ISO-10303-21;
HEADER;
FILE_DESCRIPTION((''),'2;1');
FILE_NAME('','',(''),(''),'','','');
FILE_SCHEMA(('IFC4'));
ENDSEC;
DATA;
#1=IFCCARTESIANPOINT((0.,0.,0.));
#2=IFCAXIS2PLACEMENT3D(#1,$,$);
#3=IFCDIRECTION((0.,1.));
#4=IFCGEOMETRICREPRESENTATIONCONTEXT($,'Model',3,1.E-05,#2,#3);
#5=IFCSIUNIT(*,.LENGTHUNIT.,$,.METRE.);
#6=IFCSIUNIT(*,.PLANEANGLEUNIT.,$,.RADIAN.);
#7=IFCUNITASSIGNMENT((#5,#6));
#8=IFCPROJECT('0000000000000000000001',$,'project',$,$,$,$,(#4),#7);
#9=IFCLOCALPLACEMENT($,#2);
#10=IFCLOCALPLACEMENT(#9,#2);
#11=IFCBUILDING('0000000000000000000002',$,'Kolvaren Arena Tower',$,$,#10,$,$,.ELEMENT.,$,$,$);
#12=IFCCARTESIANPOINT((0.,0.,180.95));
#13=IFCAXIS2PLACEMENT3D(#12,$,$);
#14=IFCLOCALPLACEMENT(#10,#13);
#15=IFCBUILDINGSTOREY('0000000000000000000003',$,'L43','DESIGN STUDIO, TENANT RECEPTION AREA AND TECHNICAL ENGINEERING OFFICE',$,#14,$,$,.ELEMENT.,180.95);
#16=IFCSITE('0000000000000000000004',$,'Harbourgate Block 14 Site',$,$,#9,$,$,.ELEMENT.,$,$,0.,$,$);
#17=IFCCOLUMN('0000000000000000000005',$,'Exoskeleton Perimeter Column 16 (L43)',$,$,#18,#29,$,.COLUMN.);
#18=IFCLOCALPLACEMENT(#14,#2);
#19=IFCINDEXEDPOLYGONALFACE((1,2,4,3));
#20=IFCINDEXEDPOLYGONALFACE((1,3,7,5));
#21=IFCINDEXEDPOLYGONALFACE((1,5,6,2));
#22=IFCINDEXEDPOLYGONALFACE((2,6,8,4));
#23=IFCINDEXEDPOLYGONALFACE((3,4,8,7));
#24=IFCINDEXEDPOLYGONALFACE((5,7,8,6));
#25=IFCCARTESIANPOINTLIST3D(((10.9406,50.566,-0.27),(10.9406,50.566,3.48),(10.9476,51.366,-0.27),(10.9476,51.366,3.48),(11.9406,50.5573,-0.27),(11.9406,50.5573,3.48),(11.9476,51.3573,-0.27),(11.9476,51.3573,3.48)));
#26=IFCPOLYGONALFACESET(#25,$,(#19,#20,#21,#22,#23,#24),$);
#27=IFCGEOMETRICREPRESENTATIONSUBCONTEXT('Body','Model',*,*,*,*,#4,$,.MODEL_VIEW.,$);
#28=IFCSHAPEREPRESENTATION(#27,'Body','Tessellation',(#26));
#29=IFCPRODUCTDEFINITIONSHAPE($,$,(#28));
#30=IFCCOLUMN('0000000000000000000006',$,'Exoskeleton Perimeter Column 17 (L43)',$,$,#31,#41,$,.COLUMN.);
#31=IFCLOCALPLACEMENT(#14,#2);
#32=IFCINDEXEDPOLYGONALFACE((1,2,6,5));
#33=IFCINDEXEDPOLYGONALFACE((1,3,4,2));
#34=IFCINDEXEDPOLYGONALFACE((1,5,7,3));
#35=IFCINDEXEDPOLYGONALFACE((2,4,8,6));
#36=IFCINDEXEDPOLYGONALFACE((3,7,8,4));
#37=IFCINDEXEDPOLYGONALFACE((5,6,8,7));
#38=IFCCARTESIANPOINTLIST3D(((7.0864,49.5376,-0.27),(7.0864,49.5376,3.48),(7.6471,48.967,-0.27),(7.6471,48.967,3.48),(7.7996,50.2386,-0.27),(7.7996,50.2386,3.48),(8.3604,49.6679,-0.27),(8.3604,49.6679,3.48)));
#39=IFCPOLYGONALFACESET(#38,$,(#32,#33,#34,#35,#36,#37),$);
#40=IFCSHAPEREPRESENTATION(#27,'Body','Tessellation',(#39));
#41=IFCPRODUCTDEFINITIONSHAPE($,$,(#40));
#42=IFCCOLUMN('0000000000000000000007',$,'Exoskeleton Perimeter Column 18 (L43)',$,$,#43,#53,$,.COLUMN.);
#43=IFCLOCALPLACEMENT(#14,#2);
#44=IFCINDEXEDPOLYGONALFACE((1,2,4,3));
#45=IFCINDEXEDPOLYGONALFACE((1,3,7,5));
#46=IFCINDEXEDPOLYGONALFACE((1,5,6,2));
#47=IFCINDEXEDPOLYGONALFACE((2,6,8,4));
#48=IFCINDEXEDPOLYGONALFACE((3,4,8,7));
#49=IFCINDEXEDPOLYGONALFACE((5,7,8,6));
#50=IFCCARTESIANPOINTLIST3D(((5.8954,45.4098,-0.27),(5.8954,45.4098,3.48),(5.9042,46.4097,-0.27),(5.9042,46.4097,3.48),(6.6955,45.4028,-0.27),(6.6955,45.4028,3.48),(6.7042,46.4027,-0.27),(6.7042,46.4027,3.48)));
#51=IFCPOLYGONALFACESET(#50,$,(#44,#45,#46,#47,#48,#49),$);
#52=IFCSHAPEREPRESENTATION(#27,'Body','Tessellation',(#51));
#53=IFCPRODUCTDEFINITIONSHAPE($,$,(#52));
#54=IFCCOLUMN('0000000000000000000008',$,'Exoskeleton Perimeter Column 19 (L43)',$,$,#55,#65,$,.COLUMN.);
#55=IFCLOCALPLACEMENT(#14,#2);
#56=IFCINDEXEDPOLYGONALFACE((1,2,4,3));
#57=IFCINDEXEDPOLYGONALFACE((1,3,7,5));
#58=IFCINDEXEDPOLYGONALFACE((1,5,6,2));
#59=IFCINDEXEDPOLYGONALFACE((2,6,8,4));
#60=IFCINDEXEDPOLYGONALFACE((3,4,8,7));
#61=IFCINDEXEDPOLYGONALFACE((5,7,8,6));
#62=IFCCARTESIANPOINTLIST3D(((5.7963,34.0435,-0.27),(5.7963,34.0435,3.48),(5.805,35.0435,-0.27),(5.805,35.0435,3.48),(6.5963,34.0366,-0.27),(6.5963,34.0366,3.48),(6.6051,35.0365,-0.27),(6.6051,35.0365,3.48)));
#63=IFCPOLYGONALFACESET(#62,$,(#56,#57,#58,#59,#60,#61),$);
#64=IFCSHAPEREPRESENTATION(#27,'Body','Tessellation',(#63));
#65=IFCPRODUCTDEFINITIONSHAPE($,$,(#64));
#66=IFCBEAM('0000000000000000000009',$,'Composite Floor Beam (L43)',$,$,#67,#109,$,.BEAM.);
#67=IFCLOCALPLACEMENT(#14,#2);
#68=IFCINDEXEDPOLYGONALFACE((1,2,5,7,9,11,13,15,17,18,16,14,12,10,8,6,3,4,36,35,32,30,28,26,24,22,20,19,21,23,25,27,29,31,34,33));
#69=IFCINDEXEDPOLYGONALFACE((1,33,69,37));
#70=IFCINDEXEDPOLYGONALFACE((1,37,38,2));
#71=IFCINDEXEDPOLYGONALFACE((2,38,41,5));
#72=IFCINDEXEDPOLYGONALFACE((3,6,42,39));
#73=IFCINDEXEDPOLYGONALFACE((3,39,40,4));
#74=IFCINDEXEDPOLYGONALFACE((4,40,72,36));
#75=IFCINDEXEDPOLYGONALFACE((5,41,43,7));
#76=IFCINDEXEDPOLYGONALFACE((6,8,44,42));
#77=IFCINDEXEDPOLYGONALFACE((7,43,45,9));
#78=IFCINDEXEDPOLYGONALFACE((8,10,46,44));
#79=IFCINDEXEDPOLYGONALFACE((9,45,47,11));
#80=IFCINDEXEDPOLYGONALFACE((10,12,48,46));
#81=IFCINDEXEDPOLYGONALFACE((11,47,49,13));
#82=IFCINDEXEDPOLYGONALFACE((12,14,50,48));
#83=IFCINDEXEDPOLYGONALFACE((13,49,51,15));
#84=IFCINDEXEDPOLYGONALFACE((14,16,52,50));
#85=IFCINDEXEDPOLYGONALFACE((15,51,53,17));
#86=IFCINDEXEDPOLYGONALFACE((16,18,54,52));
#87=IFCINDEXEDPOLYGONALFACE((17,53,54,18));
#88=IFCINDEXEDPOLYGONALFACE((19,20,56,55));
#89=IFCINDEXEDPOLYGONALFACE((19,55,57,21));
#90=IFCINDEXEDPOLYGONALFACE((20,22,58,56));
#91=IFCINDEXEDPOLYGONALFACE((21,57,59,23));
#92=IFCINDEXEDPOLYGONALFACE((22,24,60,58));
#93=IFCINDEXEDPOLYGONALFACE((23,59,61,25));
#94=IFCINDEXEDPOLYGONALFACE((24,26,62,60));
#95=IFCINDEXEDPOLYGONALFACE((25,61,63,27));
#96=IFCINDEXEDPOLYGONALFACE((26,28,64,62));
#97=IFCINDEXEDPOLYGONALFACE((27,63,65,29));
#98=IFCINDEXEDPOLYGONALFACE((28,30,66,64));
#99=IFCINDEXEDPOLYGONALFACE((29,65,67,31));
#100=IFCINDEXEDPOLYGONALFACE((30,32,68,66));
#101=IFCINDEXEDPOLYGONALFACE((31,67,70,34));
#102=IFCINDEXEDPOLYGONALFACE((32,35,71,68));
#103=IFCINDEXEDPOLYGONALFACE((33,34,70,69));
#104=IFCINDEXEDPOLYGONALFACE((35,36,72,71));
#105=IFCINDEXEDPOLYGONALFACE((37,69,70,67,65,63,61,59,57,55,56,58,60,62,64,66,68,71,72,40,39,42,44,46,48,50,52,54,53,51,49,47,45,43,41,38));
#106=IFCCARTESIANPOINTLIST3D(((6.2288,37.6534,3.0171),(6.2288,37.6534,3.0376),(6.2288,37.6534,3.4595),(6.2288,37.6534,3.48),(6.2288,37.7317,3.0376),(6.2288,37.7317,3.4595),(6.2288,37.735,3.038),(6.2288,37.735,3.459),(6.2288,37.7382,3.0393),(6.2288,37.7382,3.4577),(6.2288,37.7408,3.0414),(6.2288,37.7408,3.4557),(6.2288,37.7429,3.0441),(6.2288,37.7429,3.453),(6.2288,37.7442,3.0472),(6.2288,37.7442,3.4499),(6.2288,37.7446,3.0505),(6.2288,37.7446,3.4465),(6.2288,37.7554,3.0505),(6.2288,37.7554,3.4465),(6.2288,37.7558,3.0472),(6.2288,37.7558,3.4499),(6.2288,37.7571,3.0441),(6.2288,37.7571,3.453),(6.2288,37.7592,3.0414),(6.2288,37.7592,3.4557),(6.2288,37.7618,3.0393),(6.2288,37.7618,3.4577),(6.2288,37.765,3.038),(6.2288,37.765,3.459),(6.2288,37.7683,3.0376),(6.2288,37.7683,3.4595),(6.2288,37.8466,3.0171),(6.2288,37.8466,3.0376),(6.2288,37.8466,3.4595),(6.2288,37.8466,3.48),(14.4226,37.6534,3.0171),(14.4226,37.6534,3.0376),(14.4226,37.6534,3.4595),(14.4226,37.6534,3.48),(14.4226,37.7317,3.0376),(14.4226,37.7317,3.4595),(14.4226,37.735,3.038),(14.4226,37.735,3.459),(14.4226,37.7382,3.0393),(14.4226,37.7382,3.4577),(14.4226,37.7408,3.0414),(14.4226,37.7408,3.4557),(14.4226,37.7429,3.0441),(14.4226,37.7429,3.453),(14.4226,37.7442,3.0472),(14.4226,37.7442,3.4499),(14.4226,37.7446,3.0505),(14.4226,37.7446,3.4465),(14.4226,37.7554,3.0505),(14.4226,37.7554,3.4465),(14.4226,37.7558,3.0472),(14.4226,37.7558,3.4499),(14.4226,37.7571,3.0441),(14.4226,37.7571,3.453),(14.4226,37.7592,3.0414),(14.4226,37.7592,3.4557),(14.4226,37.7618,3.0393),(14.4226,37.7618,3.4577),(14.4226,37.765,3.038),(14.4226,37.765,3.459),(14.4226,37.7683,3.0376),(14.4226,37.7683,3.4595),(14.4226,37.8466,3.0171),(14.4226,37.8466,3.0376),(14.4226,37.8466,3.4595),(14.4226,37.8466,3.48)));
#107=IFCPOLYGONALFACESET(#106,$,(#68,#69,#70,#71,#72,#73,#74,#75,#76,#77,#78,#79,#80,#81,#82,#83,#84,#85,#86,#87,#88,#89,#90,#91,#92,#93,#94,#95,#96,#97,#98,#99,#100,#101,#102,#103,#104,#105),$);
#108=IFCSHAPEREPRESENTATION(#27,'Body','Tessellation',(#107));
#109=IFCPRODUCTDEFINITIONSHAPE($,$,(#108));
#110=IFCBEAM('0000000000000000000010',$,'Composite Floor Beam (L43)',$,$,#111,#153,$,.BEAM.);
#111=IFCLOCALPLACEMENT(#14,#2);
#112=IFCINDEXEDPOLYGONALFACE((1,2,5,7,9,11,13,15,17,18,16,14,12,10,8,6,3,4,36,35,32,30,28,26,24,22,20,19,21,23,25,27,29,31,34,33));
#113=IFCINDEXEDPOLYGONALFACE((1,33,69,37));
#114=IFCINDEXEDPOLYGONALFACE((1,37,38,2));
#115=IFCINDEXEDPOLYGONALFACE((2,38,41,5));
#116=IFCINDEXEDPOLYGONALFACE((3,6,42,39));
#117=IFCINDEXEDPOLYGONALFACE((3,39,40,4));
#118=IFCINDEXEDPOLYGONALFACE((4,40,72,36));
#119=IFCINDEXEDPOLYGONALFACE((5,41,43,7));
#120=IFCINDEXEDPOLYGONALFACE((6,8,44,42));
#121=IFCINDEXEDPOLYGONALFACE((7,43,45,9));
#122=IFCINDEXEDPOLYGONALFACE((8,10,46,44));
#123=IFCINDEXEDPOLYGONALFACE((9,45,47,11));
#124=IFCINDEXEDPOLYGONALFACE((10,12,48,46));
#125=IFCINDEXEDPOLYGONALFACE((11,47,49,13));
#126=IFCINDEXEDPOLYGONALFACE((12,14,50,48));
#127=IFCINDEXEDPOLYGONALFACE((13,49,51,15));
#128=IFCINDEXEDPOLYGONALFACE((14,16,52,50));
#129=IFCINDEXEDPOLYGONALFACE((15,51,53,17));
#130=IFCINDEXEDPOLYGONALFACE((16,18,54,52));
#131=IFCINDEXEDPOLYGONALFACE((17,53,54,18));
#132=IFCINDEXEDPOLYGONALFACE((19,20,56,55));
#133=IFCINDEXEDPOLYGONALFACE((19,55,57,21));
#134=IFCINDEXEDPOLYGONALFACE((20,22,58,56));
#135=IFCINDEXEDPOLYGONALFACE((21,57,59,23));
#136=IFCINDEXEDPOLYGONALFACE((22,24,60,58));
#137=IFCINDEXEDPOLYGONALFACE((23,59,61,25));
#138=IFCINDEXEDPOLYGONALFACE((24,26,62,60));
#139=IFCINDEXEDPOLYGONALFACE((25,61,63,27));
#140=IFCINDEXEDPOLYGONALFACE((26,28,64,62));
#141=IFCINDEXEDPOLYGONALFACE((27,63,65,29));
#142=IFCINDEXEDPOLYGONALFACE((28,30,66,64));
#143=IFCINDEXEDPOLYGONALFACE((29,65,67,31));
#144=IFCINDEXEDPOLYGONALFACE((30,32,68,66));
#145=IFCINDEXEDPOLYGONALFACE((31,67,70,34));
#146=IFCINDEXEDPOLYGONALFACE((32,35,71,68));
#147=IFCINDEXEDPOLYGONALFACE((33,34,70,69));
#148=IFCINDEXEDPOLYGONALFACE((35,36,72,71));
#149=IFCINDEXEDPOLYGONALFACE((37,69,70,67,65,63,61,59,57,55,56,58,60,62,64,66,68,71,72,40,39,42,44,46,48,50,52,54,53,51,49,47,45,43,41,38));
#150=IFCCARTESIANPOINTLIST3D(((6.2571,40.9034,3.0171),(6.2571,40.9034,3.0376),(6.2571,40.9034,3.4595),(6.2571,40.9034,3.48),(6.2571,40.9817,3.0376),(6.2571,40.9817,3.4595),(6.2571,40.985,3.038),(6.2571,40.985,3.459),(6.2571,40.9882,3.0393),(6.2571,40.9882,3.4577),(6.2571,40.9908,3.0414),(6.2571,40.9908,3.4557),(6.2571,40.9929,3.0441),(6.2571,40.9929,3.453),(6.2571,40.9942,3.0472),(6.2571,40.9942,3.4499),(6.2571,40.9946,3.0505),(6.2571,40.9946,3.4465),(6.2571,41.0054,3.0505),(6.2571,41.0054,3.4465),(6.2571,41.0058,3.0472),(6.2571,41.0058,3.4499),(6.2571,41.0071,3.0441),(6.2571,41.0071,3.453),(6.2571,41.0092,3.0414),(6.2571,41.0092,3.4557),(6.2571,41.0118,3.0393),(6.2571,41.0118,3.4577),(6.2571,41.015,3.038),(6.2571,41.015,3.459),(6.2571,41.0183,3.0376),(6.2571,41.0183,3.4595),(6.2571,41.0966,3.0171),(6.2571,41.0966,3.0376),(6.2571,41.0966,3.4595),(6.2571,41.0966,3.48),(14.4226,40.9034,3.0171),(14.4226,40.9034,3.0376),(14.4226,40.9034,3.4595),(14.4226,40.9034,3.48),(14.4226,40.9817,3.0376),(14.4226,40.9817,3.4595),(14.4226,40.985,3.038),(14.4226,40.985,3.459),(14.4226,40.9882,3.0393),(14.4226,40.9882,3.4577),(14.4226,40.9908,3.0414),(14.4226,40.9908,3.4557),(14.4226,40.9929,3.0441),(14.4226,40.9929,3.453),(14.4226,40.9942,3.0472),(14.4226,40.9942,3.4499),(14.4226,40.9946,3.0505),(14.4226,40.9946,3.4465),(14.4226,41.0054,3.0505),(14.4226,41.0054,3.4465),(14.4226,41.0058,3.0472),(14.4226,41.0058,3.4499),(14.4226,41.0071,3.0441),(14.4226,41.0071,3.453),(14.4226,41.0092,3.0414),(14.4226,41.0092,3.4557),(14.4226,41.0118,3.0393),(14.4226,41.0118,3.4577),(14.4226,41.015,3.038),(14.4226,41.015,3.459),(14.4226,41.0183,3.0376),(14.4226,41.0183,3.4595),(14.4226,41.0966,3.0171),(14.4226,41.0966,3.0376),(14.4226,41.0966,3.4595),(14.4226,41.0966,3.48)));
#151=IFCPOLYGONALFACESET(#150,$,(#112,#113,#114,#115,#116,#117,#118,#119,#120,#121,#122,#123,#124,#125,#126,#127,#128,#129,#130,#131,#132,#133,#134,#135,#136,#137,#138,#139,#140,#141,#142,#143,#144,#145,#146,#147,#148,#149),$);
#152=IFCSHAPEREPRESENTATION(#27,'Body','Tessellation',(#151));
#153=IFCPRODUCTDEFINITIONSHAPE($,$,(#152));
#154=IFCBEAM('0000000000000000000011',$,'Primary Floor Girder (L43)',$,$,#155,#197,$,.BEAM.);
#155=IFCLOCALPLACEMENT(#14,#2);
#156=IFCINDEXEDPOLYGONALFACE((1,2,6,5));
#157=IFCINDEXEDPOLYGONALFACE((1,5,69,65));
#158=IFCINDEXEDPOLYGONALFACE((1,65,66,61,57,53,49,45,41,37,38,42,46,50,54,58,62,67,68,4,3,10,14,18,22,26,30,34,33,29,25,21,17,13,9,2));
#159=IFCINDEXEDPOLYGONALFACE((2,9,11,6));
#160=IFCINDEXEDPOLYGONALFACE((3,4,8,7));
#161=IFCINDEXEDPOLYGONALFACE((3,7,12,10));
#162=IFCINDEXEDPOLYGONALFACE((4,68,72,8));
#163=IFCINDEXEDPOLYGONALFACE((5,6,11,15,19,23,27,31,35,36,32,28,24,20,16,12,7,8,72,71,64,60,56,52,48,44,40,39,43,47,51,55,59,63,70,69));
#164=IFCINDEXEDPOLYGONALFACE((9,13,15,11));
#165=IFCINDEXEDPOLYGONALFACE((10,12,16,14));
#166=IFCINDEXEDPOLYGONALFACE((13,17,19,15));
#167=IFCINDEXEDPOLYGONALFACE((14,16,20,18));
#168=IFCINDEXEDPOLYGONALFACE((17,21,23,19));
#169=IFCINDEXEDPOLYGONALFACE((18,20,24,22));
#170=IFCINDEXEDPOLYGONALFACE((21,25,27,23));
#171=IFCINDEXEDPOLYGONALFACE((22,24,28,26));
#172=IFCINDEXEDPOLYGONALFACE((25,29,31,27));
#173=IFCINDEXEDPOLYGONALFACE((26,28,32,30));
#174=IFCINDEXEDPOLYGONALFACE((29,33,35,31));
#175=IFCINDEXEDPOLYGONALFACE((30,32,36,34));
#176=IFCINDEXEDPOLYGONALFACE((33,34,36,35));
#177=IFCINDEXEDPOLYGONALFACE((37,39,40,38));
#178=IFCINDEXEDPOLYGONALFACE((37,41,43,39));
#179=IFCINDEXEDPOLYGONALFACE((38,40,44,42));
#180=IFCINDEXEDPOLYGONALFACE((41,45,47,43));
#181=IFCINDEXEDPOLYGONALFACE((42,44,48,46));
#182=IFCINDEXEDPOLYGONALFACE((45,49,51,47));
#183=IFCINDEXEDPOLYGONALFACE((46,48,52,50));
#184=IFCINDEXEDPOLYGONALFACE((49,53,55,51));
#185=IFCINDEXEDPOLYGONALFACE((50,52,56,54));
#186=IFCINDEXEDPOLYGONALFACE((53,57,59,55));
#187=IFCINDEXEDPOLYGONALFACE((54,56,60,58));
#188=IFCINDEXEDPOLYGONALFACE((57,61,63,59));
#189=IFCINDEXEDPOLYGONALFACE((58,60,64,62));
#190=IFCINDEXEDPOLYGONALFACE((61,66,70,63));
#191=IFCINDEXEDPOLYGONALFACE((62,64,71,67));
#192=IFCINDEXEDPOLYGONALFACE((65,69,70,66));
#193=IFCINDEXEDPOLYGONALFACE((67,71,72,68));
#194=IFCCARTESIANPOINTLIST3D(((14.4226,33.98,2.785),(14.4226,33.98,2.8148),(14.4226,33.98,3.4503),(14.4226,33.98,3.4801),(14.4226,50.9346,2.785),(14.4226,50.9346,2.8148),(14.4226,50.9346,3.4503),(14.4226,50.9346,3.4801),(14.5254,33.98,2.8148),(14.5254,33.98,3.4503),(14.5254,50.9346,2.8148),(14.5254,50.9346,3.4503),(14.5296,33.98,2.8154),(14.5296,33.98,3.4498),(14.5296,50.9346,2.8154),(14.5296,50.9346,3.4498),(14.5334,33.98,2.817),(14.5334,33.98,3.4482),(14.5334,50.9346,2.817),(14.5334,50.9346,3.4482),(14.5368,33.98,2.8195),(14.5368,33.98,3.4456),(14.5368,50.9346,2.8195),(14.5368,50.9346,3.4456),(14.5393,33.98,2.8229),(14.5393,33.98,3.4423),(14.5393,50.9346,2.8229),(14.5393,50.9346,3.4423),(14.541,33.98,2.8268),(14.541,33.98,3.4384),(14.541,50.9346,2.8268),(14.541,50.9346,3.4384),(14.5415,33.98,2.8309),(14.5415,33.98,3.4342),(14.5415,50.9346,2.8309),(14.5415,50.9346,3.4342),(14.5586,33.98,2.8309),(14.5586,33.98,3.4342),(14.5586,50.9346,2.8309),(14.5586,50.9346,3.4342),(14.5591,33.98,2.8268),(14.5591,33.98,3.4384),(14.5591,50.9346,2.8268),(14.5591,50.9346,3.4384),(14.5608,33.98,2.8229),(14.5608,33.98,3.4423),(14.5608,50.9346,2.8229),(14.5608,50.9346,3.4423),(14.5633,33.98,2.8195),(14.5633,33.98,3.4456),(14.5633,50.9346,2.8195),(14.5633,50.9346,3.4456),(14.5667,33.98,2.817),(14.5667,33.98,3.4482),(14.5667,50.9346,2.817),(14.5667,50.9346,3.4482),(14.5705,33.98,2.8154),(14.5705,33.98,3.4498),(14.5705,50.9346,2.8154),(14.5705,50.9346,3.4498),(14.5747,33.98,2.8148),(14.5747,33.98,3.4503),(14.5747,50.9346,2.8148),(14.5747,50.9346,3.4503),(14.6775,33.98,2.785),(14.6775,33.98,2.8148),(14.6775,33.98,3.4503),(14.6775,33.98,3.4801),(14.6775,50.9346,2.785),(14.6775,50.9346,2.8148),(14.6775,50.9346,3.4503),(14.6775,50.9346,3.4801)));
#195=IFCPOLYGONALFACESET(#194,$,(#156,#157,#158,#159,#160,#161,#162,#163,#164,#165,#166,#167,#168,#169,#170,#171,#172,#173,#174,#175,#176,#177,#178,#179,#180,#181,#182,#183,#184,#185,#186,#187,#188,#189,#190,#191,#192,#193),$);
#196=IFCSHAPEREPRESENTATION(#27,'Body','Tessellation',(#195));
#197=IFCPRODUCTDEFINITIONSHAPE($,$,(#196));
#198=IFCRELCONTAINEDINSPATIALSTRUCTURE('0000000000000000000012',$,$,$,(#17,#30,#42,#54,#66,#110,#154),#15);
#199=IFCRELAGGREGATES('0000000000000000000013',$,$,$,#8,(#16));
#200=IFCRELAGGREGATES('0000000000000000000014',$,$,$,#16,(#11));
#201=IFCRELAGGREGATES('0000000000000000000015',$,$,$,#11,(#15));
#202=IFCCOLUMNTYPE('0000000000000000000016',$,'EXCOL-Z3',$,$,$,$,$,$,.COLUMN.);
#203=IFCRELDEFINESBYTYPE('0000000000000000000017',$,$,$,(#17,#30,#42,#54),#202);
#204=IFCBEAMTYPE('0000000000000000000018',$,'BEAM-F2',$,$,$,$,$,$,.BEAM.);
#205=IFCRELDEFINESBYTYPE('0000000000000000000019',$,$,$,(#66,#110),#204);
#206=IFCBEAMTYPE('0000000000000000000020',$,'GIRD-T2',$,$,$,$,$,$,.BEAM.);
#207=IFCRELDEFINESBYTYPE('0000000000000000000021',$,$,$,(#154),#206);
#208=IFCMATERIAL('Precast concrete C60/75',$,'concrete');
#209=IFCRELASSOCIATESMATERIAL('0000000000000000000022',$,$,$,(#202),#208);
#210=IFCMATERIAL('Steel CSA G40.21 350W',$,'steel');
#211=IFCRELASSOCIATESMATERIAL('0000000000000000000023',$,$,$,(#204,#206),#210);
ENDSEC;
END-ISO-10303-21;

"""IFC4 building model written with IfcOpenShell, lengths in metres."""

from ifc_helpers import new_model, si_unit, direction, frame, origin, origin_2d, place, context, subcontext, project, spatial, rectangle, i_section, extrude, material, material_profile, profile_set, type_object, element, save


model = new_model("IFC4")

# Units and contexts
model_context = context("Model", 3, precision=1e-05, world=origin(), true_north=direction((0.0, 1.0)))
body_context = subcontext(model_context, "Body", "Model", "MODEL_VIEW")
ifc_project = project(units=[si_unit("LENGTHUNIT", "METRE"), si_unit("PLANEANGLEUNIT", "RADIAN")], contexts=[model_context])

# Site, building, storey
site_placement = place(None, origin())
site = spatial("IfcSite", under=ifc_project, at=site_placement, Name="Harbourgate Block 14 Site", CompositionType="ELEMENT", RefElevation=0.0)
building_placement = place(site_placement, origin())
building = spatial("IfcBuilding", under=site, at=building_placement, Name="Kolvaren Arena Tower", CompositionType="ELEMENT")
storey_placement = place(building_placement, frame((0.0, 0.0, 180.95)))
storey = spatial("IfcBuildingStorey", under=building, at=storey_placement, Name="L43", Description="DESIGN STUDIO, TENANT RECEPTION AREA AND TECHNICAL ENGINEERING OFFICE", CompositionType="ELEMENT", Elevation=180.95)

# Columns
ifc_material_1 = material(Name="Precast concrete C60/75", Category="concrete")
ifc_material_profile_1 = material_profile(ifc_material_1, rectangle(XDim=1.0, YDim=0.8, at=origin_2d()), Name="RC-1000x800")
ifc_profile_set_1 = profile_set([ifc_material_profile_1], Name="Precast concrete C60/75")
column_type = type_object("IfcColumnType", Name="EXCOL-Z3", PredefinedType="COLUMN", material=ifc_profile_set_1)
for number, where, z_axis, x_axis, name in (
    (1, (11.4441, 50.9617, -0.27), (0.0, 0.0, 1.0), (0.999962, -0.008727, 0.0), "Exoskeleton Perimeter Column 16 (L43)"),
    (2, (7.7234, 49.6028, -0.27), (0.0, 0.0, 1.0), (0.71325, 0.700909, 0.0), "Exoskeleton Perimeter Column 17 (L43)"),
    (3, (6.2998, 45.9062, -0.27), (0.0, 0.0, 1.0), (0.008727, 0.999962, 0.0), "Exoskeleton Perimeter Column 18 (L43)"),
    (4, (6.2007, 34.54, -0.27), (0.0, 0.0, 1.0), (0.008727, 0.999962, 0.0), "Exoskeleton Perimeter Column 19 (L43)"),
):
    element("IfcColumn", number, at=place(storey_placement, frame(where, z_axis=z_axis, x_axis=x_axis)), inside=storey, type_object=column_type, Name=name, PredefinedType="COLUMN", context=body_context, shape_type="SweptSolid", body=[
        extrude(rectangle(XDim=1.0, YDim=0.8, at=origin_2d()), origin(), (0.0, 0.0, 1.0), 3.75),
    ])

# Beams
ifc_material_2 = material(Name="Steel CSA G40.21 350W", Category="steel")
ifc_material_profile_2 = material_profile(ifc_material_2, i_section(OverallWidth=0.1931, OverallDepth=0.4629, WebThickness=0.0107, FlangeThickness=0.0205, FilletRadius=0.0129, at=origin_2d()), Name="W460x113")
ifc_profile_set_2 = profile_set([ifc_material_profile_2], Name="Steel CSA G40.21 350W")
beam_type_1 = type_object("IfcBeamType", Name="BEAM-F2", PredefinedType="BEAM", material=ifc_profile_set_2)
beam_1_placement = place(storey_placement, frame((6.2288, 37.75, 3.2485), z_axis=(1.0, 0.0, 0.0), x_axis=(0.0, 1.0, 0.0)))
element("IfcBeam", 5, at=beam_1_placement, inside=storey, type_object=beam_type_1, Name="Composite Floor Beam (L43)", PredefinedType="BEAM", context=body_context, shape_type="SweptSolid", body=[
    extrude(i_section(OverallWidth=0.1931, OverallDepth=0.4629, WebThickness=0.0107, FlangeThickness=0.0205, FilletRadius=0.0129, at=origin_2d()), origin(), (0.0, 0.0, 1.0), 8.1938),
])
beam_2_placement = place(storey_placement, frame((6.2571, 41.0, 3.2485), z_axis=(1.0, 0.0, 0.0), x_axis=(0.0, 1.0, 0.0)))
element("IfcBeam", 6, at=beam_2_placement, inside=storey, type_object=beam_type_1, Name="Composite Floor Beam (L43)", PredefinedType="BEAM", context=body_context, shape_type="SweptSolid", body=[
    extrude(i_section(OverallWidth=0.1931, OverallDepth=0.4629, WebThickness=0.0107, FlangeThickness=0.0205, FilletRadius=0.0129, at=origin_2d()), origin(), (0.0, 0.0, 1.0), 8.1655),
])
ifc_material_profile_3 = material_profile(ifc_material_2, i_section(OverallWidth=0.2549, OverallDepth=0.6951, WebThickness=0.0171, FlangeThickness=0.0298, FilletRadius=0.0161, at=origin_2d()), Name="W690x217")
ifc_profile_set_3 = profile_set([ifc_material_profile_3], Name="Steel CSA G40.21 350W")
beam_type_2 = type_object("IfcBeamType", Name="GIRD-T2", PredefinedType="BEAM", material=ifc_profile_set_3)
beam_3_placement = place(storey_placement, frame((14.55, 33.98, 3.1326), z_axis=(0.0, 1.0, 0.0), x_axis=(-1.0, 0.0, 0.0)))
element("IfcBeam", 7, at=beam_3_placement, inside=storey, type_object=beam_type_2, Name="Primary Floor Girder (L43)", PredefinedType="BEAM", context=body_context, shape_type="SweptSolid", body=[
    extrude(i_section(OverallWidth=0.2549, OverallDepth=0.6951, WebThickness=0.0171, FlangeThickness=0.0298, FilletRadius=0.0161, at=origin_2d()), origin(), (0.0, 0.0, 1.0), 16.9546),
])

save(model, "model.ifc")
